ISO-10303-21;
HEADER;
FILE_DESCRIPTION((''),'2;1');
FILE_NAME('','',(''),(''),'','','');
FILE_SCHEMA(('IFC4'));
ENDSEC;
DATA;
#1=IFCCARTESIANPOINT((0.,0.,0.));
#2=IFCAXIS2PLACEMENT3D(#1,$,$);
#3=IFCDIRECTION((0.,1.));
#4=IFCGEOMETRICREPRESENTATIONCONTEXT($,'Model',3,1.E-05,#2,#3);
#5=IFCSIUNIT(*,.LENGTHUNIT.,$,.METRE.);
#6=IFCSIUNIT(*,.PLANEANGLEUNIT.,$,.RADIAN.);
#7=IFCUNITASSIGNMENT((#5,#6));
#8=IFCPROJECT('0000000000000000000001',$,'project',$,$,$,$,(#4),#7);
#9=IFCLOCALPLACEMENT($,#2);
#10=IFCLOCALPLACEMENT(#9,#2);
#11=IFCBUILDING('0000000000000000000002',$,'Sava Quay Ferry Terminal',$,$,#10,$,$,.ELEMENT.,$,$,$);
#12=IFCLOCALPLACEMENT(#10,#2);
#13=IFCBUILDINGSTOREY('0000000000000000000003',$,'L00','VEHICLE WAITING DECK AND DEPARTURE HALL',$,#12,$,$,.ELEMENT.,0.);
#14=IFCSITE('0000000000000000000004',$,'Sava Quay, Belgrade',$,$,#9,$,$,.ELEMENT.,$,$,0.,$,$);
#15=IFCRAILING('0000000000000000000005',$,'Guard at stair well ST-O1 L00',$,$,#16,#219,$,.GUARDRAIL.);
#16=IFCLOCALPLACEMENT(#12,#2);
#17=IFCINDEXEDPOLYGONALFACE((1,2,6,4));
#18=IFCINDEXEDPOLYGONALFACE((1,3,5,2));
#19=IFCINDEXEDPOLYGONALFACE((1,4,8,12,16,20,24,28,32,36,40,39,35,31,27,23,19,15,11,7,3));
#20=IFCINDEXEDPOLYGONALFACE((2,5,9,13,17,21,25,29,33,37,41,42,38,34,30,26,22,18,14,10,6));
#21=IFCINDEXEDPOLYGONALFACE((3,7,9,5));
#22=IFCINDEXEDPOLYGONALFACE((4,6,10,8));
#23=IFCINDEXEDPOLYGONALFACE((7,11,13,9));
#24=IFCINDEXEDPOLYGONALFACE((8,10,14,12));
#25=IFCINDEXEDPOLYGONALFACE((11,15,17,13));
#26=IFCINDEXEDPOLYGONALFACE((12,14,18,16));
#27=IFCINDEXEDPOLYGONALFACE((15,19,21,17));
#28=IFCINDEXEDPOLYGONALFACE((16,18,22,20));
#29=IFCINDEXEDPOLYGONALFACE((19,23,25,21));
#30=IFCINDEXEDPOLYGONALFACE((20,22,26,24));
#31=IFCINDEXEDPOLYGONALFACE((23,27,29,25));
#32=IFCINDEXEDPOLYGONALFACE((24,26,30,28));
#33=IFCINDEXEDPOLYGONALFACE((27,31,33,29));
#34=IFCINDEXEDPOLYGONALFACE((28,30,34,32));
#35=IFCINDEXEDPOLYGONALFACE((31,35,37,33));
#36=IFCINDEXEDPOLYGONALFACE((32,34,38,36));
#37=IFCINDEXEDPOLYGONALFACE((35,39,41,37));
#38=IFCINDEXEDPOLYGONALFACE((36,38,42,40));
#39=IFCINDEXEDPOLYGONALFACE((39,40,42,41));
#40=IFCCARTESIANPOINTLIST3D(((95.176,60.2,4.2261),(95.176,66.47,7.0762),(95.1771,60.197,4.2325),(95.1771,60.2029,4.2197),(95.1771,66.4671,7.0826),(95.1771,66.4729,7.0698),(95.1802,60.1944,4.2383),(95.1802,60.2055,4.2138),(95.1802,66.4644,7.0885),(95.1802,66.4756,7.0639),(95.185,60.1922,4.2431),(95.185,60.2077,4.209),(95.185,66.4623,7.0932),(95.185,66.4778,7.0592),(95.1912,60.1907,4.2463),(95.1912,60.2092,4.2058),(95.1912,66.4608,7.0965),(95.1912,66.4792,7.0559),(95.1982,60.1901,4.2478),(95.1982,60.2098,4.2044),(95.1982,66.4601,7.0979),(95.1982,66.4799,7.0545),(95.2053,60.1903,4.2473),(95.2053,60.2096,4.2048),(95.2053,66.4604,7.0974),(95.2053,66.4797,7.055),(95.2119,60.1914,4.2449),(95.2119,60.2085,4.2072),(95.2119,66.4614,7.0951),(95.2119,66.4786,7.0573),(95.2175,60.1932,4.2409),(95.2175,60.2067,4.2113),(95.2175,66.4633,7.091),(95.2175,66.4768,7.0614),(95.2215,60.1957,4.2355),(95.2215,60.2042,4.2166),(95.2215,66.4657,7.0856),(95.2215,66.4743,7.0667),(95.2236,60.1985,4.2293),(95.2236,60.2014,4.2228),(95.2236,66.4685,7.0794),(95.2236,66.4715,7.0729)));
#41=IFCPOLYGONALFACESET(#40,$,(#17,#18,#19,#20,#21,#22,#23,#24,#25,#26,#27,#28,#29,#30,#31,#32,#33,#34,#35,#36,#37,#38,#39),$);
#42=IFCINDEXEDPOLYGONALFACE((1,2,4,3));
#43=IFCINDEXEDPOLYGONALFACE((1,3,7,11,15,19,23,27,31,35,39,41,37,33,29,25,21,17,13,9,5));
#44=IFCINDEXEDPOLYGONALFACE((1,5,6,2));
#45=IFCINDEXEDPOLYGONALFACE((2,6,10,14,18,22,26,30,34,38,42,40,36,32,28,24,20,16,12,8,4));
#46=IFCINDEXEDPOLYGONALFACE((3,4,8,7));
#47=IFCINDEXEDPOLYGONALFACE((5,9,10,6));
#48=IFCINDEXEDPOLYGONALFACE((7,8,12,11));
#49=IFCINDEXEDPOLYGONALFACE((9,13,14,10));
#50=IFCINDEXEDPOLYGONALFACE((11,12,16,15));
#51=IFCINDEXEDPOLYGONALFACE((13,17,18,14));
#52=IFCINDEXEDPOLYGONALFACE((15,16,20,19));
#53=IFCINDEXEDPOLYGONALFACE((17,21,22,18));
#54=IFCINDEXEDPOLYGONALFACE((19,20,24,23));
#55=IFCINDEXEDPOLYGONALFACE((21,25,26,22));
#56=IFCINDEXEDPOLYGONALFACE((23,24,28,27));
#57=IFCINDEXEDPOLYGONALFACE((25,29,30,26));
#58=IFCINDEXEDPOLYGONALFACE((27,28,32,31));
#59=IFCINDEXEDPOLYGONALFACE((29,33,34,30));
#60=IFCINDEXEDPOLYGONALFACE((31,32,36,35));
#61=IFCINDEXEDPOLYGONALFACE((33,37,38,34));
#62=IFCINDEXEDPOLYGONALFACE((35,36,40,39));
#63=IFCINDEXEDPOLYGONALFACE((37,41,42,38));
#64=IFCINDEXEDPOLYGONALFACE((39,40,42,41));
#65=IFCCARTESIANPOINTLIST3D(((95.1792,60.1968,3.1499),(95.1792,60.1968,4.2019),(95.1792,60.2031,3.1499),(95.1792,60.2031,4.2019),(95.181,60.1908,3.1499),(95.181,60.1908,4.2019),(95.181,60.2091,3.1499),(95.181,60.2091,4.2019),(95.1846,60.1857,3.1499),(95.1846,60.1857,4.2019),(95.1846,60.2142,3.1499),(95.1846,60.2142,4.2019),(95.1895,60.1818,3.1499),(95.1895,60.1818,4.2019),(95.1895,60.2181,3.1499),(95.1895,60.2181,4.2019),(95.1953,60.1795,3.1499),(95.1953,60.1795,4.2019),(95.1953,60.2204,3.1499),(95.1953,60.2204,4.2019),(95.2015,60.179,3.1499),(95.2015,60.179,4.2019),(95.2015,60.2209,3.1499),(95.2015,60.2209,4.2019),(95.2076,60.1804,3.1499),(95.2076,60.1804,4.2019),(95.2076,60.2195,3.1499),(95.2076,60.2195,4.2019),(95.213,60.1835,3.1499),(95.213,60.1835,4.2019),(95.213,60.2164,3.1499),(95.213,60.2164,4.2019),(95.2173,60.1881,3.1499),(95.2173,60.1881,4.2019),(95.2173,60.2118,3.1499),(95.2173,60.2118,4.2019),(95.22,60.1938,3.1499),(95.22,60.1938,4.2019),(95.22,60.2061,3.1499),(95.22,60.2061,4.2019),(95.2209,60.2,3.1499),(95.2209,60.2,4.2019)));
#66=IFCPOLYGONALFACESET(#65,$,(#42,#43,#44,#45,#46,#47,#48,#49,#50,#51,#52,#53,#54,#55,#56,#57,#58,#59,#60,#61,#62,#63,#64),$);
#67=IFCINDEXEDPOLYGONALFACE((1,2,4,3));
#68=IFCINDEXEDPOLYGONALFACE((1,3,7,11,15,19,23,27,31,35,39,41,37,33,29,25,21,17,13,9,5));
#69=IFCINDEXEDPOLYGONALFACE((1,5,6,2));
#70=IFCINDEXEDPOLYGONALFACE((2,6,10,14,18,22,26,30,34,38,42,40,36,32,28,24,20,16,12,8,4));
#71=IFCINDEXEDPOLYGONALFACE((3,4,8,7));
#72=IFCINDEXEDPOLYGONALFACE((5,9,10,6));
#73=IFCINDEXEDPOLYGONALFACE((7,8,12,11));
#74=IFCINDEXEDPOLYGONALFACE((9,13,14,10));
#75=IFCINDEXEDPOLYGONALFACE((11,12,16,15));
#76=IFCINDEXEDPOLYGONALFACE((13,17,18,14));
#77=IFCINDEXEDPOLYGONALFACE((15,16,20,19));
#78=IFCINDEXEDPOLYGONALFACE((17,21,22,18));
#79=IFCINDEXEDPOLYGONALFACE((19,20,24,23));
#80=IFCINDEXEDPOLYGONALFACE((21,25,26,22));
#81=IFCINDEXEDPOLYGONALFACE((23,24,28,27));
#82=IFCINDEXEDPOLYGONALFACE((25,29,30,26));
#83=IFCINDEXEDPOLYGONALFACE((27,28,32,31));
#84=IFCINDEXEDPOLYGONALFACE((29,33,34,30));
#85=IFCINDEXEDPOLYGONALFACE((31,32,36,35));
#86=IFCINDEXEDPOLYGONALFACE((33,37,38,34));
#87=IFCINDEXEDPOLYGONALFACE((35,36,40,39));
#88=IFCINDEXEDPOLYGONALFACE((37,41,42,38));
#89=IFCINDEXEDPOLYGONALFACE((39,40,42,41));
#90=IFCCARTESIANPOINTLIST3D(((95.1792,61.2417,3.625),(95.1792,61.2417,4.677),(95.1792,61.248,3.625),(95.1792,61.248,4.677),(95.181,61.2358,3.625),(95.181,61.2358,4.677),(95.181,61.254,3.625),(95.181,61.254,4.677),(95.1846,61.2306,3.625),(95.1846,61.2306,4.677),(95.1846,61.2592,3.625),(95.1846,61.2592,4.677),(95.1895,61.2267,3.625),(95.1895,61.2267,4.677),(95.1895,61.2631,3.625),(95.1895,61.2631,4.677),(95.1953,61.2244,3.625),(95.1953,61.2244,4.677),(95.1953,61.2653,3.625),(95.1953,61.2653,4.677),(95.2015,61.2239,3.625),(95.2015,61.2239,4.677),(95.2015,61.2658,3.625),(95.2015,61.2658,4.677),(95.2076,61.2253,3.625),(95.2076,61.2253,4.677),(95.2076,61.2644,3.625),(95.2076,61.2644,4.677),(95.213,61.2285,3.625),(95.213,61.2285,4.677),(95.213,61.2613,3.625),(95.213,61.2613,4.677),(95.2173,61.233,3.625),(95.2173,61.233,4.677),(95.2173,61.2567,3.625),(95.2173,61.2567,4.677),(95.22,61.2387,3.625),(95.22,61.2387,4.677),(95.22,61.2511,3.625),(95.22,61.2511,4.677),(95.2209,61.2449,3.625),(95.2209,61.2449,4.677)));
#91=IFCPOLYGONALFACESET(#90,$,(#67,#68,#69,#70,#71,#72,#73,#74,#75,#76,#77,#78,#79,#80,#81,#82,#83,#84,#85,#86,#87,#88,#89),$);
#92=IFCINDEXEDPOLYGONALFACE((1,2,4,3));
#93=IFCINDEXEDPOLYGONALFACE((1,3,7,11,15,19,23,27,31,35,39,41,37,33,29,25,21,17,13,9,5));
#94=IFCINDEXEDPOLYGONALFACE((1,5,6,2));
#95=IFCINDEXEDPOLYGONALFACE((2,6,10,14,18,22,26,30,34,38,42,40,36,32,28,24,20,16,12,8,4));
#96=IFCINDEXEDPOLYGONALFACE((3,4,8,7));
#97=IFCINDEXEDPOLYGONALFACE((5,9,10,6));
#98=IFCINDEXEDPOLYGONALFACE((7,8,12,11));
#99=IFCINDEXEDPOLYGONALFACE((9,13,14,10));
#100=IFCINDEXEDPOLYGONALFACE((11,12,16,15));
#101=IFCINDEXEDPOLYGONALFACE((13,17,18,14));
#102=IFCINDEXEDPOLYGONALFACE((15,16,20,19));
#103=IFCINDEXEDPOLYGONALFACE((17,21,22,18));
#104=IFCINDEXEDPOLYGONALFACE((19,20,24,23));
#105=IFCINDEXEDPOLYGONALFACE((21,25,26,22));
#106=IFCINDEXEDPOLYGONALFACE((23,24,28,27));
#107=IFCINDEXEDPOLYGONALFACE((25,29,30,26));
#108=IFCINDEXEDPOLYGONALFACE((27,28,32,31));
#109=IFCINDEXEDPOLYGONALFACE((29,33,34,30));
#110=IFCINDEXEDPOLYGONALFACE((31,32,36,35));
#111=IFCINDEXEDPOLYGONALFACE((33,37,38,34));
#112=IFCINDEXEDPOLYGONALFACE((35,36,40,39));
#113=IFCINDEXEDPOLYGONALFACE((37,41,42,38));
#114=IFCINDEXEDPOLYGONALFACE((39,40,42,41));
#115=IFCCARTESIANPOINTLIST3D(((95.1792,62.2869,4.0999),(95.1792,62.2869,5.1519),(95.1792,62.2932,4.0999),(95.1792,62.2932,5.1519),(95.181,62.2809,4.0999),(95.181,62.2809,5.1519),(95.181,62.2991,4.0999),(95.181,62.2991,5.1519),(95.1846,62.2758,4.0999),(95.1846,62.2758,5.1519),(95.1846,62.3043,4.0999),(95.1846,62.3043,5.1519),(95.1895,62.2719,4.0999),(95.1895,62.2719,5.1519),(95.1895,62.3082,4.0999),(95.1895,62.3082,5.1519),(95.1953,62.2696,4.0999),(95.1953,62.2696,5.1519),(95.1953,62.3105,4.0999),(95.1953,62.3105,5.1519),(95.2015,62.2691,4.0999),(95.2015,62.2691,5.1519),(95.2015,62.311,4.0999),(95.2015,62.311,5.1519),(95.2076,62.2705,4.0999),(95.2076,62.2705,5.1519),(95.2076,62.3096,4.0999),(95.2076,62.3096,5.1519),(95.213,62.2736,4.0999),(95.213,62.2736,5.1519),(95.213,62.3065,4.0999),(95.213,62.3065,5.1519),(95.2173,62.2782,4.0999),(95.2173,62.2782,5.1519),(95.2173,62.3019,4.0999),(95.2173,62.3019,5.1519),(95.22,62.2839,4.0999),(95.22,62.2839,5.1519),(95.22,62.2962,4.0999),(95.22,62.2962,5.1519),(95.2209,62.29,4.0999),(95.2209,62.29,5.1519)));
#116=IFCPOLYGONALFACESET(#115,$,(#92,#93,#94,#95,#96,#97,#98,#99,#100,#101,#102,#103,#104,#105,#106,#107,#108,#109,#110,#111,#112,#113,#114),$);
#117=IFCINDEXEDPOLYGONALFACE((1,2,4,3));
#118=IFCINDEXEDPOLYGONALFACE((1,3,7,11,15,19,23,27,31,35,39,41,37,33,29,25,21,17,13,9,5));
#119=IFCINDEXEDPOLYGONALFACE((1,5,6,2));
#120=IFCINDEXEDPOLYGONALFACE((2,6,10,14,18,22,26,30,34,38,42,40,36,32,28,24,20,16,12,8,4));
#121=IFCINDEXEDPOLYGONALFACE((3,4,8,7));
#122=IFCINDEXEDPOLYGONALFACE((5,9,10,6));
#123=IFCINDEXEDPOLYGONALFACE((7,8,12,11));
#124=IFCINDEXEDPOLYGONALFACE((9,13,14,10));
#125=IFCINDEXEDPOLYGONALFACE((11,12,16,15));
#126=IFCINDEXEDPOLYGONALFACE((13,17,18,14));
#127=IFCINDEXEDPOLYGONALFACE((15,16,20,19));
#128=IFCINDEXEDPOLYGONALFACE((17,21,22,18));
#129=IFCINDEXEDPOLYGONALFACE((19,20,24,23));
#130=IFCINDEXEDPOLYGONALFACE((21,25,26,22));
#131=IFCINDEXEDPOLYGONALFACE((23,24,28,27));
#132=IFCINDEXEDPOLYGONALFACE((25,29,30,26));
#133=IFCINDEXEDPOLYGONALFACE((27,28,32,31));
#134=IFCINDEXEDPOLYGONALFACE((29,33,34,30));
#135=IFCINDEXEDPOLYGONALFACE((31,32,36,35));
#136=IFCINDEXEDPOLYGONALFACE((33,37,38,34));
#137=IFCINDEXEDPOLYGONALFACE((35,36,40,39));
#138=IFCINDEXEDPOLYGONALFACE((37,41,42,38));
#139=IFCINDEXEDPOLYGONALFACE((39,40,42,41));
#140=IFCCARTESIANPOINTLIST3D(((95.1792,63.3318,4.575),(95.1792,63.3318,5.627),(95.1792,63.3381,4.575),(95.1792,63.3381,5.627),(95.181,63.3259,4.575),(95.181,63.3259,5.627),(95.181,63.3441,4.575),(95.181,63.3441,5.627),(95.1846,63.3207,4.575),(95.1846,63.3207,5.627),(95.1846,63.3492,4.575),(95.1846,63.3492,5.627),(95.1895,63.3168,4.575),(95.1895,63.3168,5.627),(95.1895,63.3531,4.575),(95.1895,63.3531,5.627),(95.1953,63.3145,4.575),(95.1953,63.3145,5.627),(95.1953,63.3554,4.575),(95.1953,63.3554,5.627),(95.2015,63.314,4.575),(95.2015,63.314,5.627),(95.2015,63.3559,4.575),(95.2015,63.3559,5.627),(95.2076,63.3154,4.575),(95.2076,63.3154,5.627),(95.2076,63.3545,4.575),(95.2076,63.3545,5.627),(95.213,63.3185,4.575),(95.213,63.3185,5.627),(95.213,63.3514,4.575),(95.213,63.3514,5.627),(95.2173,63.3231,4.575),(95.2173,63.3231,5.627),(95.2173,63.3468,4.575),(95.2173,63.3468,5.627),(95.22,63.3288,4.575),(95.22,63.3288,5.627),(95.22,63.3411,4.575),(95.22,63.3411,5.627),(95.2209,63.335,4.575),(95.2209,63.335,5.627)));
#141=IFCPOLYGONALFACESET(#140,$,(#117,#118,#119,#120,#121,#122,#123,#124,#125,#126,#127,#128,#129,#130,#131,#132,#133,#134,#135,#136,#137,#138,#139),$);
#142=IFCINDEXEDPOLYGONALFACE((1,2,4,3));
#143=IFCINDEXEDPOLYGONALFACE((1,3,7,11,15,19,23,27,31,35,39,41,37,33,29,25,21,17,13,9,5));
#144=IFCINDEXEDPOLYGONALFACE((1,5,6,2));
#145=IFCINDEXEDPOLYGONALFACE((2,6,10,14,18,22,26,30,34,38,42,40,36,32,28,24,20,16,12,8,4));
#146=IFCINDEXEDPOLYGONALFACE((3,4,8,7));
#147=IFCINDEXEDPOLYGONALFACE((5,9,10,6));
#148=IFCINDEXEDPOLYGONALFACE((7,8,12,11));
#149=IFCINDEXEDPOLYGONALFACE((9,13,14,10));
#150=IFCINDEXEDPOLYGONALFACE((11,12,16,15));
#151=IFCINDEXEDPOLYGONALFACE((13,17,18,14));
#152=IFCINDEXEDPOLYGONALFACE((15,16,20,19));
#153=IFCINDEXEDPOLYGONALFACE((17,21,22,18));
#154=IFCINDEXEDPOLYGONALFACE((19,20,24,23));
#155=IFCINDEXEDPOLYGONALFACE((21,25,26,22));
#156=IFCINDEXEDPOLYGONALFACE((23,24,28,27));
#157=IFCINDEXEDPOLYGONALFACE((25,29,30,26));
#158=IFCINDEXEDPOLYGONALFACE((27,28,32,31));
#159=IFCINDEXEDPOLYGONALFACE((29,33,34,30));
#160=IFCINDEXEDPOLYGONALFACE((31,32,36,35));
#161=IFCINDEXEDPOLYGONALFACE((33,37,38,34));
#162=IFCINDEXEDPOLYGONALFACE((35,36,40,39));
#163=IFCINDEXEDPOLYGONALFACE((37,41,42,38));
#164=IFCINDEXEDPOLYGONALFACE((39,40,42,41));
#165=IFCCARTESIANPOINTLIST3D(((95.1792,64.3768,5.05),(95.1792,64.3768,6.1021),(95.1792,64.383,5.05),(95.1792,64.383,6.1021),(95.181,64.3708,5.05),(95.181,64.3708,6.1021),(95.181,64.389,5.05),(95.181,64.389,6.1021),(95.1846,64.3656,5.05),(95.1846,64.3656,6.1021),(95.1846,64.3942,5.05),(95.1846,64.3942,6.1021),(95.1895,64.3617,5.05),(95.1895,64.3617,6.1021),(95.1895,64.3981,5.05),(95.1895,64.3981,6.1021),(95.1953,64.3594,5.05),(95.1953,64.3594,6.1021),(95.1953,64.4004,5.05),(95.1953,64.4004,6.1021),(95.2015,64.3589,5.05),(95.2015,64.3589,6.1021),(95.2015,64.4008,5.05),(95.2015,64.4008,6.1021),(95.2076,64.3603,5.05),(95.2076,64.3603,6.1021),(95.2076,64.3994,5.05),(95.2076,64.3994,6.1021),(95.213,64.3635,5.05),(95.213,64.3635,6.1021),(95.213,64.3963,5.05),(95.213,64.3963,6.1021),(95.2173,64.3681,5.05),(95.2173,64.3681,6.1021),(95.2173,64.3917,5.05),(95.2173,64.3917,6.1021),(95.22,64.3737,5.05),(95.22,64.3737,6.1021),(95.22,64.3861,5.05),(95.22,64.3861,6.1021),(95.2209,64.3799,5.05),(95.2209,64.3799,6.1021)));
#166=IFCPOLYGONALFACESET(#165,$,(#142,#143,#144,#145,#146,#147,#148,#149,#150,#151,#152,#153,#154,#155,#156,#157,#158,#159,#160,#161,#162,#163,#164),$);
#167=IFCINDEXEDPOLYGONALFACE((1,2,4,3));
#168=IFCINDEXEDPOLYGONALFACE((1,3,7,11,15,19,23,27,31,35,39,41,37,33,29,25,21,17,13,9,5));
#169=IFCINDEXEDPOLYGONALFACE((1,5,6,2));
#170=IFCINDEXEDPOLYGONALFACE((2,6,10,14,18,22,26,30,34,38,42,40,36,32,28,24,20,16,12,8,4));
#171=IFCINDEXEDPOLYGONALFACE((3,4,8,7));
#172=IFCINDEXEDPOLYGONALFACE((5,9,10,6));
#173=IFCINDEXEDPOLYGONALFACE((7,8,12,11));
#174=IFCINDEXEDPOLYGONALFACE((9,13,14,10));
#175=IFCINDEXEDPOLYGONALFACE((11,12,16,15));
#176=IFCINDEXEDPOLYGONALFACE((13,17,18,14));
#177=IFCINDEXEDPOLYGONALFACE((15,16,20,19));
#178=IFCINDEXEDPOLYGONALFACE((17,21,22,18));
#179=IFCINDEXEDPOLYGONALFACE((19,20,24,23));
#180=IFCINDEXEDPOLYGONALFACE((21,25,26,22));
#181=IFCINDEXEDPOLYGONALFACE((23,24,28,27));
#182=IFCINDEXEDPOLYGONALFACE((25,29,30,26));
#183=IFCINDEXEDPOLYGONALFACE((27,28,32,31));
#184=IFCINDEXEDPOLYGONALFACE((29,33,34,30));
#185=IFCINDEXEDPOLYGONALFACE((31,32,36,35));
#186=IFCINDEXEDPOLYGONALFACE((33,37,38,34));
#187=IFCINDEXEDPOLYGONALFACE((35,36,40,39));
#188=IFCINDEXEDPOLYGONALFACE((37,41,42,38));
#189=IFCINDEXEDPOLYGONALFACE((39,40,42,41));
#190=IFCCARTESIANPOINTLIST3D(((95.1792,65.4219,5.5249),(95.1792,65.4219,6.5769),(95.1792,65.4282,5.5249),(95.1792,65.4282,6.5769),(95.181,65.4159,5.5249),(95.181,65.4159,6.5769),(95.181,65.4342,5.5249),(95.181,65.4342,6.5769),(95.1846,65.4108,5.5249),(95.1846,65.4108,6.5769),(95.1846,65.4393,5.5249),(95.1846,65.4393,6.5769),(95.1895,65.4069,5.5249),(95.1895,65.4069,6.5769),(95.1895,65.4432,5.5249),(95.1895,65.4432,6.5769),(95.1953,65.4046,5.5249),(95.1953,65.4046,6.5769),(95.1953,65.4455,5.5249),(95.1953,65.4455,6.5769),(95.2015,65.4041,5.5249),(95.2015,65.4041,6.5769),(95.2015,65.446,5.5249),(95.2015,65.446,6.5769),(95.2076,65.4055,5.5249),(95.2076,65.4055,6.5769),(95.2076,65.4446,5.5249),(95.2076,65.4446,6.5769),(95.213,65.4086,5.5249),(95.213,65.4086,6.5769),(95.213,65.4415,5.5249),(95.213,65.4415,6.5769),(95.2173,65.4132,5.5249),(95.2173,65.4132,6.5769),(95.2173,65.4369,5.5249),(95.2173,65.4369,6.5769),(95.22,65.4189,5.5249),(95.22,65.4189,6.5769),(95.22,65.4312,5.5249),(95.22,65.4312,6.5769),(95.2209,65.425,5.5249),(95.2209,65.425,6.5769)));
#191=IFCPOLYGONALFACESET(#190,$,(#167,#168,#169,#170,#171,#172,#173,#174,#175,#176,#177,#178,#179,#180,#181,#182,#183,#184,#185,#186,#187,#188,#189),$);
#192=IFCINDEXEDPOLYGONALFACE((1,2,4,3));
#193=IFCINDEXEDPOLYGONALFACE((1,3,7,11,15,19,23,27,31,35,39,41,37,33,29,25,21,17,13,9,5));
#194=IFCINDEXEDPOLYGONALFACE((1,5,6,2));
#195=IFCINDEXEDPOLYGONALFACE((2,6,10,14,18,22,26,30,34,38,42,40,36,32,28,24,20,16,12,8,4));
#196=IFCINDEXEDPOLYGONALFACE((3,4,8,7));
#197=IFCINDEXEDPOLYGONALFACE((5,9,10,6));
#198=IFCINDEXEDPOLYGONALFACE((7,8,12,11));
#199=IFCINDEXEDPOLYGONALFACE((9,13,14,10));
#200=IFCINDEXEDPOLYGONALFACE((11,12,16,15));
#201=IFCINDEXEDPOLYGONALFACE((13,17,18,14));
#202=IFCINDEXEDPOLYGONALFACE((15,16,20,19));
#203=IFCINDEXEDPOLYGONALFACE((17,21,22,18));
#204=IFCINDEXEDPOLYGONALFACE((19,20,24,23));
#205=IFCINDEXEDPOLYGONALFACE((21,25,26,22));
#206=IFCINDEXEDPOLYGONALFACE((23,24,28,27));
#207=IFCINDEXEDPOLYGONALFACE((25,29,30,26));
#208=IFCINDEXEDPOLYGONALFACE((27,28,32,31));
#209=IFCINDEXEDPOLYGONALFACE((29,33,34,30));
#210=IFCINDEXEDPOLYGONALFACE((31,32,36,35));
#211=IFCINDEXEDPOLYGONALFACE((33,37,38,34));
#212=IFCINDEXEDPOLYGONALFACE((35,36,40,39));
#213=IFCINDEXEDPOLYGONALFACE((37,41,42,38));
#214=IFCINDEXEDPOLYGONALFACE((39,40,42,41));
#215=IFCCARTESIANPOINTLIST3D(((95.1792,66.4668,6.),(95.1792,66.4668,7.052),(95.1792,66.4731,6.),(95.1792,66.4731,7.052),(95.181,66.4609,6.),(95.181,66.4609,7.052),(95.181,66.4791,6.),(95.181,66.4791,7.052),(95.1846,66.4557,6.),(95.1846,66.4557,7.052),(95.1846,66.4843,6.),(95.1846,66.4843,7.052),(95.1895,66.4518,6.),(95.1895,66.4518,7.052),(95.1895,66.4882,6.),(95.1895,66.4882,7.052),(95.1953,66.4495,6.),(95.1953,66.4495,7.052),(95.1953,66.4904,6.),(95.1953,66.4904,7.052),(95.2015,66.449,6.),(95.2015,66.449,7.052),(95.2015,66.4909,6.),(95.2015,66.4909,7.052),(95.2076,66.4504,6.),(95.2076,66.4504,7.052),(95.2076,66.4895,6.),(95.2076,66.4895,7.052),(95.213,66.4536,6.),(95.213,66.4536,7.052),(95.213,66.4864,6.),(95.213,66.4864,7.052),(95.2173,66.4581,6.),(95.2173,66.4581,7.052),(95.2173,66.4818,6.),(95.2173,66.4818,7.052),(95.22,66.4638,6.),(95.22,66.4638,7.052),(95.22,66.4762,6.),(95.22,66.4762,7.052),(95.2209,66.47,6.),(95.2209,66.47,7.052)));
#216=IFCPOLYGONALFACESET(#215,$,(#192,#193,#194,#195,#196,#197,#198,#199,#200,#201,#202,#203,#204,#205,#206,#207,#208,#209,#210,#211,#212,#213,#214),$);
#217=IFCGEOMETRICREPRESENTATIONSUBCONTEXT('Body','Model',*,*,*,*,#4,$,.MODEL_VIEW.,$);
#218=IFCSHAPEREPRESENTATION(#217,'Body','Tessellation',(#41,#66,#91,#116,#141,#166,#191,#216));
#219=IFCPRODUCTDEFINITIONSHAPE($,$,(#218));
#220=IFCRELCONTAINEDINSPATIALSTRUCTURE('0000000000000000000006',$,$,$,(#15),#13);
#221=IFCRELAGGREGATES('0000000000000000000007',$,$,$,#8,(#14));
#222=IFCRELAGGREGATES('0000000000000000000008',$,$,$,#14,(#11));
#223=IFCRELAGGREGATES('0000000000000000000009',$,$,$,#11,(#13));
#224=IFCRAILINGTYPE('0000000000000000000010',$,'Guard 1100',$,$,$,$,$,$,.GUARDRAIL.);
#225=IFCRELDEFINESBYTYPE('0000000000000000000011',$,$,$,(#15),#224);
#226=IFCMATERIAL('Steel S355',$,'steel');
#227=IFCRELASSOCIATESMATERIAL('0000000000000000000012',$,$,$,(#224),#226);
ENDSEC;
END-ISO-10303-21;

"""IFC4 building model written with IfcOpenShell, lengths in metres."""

from ifc_helpers import new_model, si_unit, direction, frame, origin, origin_2d, place, context, subcontext, project, spatial, circle, extrude, material, type_object, element, save


model = new_model("IFC4")

# Units and contexts
model_context = context("Model", 3, precision=1e-05, world=origin(), true_north=direction((0.0, 1.0)))
body_context = subcontext(model_context, "Body", "Model", "MODEL_VIEW")
ifc_project = project(units=[si_unit("LENGTHUNIT", "METRE"), si_unit("PLANEANGLEUNIT", "RADIAN")], contexts=[model_context])

# Site, building, storey
site_placement = place(None, origin())
site = spatial("IfcSite", under=ifc_project, at=site_placement, Name="Sava Quay, Belgrade", CompositionType="ELEMENT", RefElevation=0.0)
building_placement = place(site_placement, origin())
building = spatial("IfcBuilding", under=site, at=building_placement, Name="Sava Quay Ferry Terminal", CompositionType="ELEMENT")
storey_placement = place(building_placement, origin())
storey = spatial("IfcBuildingStorey", under=building, at=storey_placement, Name="L00", Description="VEHICLE WAITING DECK AND DEPARTURE HALL", CompositionType="ELEMENT", Elevation=0.0)

# Railing
ifc_material_1 = material(Name="Steel S355", Category="steel")
railing_type_1 = type_object("IfcRailingType", Name="Guard 1100", PredefinedType="GUARDRAIL", material=ifc_material_1)
railing_1_placement = place(storey_placement, frame((95.2, 60.2, 3.1499)))
element("IfcRailing", 1, at=railing_1_placement, inside=storey, type_object=railing_type_1, Name="Guard at stair well ST-O1 L00", PredefinedType="GUARDRAIL", context=body_context, shape_type="SweptSolid", body=[
    extrude(circle(Radius=0.0239, at=origin_2d()), frame((0.0, 0.0, 1.0762), z_axis=(0.0, 0.910362, 0.413814), x_axis=(-1.0, 0.0, 0.0)), (0.0, 0.0, 1.0), 6.8875),
    extrude(circle(Radius=0.021, at=origin_2d()), origin(), (0.0, 0.0, 1.0), 1.052),
    extrude(circle(Radius=0.021, at=origin_2d()), frame((0.0, 1.0449, 0.4751)), (0.0, 0.0, 1.0), 1.052),
    extrude(circle(Radius=0.021, at=origin_2d()), frame((0.0, 2.0901, 0.95)), (0.0, 0.0, 1.0), 1.052),
    extrude(circle(Radius=0.021, at=origin_2d()), frame((0.0, 3.135, 1.425)), (0.0, 0.0, 1.0), 1.052),
    extrude(circle(Radius=0.021, at=origin_2d()), frame((0.0, 4.1799, 1.9001)), (0.0, 0.0, 1.0), 1.052),
    extrude(circle(Radius=0.021, at=origin_2d()), frame((0.0, 5.2251, 2.375)), (0.0, 0.0, 1.0), 1.052),
    extrude(circle(Radius=0.021, at=origin_2d()), frame((0.0, 6.27, 2.8501)), (0.0, 0.0, 1.0), 1.052),
])

save(model, "model.ifc")
